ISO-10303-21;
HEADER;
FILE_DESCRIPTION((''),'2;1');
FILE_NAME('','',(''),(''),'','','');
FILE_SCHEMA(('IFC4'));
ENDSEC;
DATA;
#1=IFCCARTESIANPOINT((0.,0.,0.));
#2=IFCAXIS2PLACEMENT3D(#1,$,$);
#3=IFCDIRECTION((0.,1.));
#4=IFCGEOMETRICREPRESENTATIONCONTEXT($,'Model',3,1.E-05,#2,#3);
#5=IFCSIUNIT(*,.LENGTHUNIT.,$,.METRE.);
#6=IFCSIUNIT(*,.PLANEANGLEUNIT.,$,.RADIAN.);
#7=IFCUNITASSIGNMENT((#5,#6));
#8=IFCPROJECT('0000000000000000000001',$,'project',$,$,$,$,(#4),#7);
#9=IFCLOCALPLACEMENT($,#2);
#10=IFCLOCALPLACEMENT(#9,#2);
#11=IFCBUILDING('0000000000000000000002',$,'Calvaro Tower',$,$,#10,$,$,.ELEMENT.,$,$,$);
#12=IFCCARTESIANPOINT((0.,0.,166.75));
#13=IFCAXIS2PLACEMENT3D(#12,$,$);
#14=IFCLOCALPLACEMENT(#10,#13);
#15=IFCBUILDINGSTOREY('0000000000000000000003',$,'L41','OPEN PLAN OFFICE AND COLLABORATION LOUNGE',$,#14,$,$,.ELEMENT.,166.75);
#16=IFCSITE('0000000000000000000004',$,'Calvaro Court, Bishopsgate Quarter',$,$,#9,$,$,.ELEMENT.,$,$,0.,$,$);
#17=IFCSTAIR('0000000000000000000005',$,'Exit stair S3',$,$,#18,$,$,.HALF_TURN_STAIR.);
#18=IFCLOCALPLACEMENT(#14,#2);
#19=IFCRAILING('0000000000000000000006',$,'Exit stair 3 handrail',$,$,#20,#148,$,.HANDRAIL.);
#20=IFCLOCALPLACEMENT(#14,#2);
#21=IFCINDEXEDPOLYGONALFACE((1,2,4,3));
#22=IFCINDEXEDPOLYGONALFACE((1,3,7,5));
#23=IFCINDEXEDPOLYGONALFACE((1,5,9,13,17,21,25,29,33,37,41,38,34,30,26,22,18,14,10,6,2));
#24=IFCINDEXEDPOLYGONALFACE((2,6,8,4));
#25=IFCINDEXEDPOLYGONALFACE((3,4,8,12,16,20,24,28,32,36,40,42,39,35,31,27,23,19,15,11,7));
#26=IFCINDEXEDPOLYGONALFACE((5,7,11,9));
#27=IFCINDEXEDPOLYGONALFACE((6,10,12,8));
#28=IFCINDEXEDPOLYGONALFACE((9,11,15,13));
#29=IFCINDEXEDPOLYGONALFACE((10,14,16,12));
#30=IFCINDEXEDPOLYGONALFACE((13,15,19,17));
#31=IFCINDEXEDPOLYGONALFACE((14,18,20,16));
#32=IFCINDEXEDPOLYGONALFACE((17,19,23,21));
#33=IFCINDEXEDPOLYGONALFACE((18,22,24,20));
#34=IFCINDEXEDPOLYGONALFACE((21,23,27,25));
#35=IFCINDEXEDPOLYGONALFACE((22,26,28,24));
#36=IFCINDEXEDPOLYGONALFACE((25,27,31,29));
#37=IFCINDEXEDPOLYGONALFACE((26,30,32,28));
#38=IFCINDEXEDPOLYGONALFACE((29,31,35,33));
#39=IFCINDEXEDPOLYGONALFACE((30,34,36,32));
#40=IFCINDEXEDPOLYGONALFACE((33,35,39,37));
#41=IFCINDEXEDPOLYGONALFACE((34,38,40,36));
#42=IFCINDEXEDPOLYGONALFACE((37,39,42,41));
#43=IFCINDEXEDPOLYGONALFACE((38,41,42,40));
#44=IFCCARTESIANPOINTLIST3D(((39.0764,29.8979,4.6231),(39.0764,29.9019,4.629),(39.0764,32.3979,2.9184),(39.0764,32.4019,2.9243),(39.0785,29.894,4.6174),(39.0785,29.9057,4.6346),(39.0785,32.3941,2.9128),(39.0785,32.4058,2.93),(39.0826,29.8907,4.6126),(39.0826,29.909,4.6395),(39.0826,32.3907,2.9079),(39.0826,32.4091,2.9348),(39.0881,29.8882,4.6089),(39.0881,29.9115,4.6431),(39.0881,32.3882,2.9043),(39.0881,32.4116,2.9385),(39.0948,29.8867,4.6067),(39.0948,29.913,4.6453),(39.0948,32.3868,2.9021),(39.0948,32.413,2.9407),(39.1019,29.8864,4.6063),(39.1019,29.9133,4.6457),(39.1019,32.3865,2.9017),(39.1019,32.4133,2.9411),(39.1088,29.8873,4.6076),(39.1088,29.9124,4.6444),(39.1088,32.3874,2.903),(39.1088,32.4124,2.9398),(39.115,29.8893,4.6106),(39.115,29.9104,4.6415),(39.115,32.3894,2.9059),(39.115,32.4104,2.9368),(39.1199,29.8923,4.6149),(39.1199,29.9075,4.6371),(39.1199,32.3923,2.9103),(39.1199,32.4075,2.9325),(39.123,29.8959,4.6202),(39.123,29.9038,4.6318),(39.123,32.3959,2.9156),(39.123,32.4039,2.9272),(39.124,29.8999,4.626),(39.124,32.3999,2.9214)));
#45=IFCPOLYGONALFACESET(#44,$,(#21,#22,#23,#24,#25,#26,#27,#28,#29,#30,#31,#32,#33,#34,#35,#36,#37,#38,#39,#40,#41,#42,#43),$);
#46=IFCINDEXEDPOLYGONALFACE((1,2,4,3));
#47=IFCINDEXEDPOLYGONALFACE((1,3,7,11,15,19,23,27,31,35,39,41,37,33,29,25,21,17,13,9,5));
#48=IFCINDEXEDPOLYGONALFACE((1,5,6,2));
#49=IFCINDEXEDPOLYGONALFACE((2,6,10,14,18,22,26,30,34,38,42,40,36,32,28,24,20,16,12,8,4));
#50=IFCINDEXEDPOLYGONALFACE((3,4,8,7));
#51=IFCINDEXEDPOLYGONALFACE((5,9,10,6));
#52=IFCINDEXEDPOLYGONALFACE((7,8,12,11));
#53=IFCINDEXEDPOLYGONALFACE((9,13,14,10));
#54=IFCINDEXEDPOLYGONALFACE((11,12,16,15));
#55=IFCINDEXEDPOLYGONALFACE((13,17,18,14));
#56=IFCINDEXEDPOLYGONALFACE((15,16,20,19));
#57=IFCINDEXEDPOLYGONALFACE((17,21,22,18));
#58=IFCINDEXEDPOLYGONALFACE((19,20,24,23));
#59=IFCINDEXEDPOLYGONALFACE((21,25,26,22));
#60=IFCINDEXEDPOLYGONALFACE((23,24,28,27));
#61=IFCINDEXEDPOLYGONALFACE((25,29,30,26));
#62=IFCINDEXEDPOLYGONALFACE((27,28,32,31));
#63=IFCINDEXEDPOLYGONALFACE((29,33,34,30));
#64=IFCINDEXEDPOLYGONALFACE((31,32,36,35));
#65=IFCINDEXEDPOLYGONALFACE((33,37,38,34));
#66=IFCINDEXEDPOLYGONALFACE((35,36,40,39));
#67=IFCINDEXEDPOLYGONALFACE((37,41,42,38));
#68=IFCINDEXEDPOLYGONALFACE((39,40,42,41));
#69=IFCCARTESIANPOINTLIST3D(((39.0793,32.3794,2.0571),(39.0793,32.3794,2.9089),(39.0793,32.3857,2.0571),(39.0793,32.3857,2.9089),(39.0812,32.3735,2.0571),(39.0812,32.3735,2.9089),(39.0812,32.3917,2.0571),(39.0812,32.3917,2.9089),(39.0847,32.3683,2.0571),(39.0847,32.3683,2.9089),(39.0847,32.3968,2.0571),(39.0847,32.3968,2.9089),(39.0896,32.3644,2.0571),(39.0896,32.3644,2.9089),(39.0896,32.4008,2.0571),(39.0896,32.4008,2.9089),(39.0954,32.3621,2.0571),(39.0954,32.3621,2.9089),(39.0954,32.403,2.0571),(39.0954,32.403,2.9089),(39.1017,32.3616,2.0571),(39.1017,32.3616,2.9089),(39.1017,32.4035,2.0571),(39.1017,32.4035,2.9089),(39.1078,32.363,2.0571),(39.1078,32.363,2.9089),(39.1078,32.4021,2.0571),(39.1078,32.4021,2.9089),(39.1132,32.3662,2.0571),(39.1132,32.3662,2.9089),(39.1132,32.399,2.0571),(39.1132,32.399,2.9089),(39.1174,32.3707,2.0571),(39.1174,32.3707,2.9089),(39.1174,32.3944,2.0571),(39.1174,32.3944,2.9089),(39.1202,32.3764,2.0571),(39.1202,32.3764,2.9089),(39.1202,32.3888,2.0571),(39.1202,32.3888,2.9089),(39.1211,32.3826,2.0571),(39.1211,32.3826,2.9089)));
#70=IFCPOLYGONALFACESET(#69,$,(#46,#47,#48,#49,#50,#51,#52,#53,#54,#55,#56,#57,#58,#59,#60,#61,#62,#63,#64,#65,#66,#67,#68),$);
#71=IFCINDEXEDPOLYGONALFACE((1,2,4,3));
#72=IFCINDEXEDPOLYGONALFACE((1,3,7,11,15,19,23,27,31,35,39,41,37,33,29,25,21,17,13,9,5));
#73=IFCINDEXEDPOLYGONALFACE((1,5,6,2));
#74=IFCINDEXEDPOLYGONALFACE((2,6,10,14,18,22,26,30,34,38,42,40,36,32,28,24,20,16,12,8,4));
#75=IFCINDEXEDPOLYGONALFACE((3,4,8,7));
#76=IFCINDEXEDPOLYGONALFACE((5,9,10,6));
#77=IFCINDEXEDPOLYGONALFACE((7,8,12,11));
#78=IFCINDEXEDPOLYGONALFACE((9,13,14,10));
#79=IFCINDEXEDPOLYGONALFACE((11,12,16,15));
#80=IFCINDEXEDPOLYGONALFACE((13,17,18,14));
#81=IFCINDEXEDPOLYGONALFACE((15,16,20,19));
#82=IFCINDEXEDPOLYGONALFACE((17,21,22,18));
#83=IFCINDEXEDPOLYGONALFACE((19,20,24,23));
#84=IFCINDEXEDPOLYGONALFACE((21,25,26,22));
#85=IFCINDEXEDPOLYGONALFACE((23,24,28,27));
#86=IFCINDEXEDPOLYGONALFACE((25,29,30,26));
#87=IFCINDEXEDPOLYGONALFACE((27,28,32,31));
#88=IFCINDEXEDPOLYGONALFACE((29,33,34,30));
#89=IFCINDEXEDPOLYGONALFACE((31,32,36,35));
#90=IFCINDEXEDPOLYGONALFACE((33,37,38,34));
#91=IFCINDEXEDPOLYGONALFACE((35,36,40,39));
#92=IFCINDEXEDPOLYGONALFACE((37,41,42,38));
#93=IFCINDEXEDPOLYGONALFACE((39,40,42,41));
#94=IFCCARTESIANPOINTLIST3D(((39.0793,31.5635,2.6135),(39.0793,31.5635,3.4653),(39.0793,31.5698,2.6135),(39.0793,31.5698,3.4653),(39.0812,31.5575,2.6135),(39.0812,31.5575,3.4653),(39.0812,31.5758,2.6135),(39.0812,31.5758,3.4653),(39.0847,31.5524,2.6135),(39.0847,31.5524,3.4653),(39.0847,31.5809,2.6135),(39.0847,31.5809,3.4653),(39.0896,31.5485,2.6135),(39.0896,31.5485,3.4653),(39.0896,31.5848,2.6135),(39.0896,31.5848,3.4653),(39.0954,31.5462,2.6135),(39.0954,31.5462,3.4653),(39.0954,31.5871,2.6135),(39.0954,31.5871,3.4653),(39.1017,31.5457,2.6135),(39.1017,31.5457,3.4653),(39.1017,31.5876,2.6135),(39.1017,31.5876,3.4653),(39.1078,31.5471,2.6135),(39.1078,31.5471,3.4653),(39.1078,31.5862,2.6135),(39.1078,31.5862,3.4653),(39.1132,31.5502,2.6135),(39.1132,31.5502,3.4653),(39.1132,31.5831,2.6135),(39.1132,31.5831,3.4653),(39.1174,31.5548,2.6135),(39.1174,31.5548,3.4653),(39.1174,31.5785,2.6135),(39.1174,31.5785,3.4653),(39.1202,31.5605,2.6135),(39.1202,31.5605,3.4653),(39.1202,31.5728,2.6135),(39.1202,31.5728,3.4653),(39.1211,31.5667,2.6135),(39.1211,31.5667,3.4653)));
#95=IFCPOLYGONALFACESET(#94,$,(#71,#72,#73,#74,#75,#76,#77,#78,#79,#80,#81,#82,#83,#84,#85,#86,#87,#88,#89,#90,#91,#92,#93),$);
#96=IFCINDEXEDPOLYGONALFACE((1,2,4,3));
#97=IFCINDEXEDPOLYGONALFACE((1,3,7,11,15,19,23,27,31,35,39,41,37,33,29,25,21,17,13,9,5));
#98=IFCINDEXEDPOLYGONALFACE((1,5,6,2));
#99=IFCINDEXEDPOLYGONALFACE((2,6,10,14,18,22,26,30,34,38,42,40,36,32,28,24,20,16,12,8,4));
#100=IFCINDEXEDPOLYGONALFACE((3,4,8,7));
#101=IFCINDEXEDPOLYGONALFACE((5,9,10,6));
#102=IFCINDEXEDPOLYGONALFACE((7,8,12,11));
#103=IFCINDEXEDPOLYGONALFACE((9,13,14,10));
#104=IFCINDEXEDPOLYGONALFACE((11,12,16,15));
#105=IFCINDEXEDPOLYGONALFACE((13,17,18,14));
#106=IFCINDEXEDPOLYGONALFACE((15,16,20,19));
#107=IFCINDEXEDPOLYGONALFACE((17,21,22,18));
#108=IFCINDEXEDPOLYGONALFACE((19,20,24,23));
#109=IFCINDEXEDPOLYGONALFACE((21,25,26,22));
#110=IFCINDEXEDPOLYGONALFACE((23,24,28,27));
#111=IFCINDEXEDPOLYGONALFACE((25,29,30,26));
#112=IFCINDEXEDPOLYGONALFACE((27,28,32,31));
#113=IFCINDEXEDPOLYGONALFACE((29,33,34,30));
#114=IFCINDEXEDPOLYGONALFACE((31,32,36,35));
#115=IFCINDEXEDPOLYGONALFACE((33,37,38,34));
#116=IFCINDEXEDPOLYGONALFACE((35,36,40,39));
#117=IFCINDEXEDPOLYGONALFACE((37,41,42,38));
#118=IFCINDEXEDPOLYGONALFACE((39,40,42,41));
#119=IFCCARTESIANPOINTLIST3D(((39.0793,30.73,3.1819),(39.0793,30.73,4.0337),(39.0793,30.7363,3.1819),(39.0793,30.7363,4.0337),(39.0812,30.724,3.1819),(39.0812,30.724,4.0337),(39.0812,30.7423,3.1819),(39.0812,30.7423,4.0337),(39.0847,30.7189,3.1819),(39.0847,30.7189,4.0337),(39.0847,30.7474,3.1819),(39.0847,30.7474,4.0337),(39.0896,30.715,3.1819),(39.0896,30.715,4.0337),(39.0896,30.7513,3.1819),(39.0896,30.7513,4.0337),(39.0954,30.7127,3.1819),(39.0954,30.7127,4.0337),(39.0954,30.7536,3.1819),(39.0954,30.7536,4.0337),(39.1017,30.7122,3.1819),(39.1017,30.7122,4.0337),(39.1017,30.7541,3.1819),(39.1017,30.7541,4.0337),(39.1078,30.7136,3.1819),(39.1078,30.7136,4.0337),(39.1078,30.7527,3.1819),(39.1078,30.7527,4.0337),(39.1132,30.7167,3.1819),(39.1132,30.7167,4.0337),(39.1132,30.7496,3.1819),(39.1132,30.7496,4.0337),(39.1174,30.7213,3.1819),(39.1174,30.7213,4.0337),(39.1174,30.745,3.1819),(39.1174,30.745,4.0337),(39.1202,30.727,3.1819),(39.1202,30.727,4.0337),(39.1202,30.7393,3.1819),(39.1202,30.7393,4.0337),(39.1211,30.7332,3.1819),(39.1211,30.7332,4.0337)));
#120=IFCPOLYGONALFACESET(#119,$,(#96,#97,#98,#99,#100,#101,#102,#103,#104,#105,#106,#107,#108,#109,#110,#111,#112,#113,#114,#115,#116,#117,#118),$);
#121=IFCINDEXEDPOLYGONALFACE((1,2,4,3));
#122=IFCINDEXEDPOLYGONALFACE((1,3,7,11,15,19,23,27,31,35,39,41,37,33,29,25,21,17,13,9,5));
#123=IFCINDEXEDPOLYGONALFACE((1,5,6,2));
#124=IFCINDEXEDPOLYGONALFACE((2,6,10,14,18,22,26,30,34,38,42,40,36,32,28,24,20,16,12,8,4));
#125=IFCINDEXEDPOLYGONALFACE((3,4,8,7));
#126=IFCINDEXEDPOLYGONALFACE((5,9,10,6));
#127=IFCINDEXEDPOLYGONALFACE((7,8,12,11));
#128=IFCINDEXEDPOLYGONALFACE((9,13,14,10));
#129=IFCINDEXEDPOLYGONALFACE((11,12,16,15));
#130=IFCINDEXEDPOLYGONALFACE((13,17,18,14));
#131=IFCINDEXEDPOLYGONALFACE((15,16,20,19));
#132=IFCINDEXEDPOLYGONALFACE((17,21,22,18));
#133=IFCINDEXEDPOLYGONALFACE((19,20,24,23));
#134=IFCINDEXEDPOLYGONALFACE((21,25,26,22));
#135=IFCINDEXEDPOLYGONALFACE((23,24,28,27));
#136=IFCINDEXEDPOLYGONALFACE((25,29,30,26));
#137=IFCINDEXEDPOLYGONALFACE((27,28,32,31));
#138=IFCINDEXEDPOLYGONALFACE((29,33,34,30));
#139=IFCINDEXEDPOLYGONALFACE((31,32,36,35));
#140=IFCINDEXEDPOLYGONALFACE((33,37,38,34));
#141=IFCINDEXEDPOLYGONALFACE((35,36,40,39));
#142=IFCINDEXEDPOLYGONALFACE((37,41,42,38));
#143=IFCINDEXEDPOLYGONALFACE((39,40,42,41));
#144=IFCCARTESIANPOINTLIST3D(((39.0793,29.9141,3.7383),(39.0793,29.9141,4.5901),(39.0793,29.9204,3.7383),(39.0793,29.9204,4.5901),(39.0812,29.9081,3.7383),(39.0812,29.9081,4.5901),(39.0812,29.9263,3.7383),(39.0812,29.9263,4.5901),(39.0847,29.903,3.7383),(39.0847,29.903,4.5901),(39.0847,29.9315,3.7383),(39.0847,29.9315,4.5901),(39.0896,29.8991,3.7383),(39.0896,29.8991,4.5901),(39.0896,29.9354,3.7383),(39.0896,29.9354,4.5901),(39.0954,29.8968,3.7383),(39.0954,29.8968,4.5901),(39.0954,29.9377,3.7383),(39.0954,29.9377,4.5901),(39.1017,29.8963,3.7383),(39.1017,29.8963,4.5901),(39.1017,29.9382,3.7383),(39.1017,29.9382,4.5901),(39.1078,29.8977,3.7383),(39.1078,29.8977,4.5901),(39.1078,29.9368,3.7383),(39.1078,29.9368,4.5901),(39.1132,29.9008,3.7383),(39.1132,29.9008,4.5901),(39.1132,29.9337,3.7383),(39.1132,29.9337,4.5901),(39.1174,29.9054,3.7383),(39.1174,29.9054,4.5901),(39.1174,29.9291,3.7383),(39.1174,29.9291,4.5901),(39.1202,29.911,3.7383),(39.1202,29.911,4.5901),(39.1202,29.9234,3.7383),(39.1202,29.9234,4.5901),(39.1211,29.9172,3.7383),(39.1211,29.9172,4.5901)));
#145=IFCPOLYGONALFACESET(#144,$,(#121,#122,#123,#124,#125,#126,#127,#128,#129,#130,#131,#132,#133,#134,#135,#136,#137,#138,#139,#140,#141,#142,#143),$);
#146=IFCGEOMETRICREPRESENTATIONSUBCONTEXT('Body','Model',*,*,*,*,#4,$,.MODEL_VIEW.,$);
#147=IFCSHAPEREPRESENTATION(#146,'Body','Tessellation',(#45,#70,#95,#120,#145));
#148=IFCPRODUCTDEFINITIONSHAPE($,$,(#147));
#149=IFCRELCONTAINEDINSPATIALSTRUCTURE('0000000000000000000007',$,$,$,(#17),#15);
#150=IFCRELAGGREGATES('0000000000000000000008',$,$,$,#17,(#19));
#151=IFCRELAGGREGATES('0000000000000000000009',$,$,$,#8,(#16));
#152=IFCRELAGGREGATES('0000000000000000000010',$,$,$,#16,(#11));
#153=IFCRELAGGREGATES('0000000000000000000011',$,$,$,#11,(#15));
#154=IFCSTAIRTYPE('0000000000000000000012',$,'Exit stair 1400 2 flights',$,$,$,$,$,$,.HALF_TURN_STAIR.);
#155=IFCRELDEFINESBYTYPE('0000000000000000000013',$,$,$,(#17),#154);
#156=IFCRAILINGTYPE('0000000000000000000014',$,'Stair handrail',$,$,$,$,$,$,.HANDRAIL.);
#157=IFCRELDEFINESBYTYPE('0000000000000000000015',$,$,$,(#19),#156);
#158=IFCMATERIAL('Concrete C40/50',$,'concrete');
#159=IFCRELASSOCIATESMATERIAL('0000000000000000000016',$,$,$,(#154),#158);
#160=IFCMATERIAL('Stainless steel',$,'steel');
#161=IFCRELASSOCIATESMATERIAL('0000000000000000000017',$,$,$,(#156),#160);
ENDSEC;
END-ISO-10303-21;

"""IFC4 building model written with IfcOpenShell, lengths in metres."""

from ifc_helpers import new_model, si_unit, direction, frame, origin, origin_2d, place, context, subcontext, project, spatial, circle, extrude, material, type_object, element, aggregate, save


model = new_model("IFC4")

# Units and contexts
model_context = context("Model", 3, precision=1e-05, world=origin(), true_north=direction((0.0, 1.0)))
body_context = subcontext(model_context, "Body", "Model", "MODEL_VIEW")
ifc_project = project(units=[si_unit("LENGTHUNIT", "METRE"), si_unit("PLANEANGLEUNIT", "RADIAN")], contexts=[model_context])

# Site, building, storey
site_placement = place(None, origin())
site = spatial("IfcSite", under=ifc_project, at=site_placement, Name="Calvaro Court, Bishopsgate Quarter", CompositionType="ELEMENT", RefElevation=0.0)
building_placement = place(site_placement, origin())
building = spatial("IfcBuilding", under=site, at=building_placement, Name="Calvaro Tower", CompositionType="ELEMENT")
storey_placement = place(building_placement, frame((0.0, 0.0, 166.75)))
storey = spatial("IfcBuildingStorey", under=building, at=storey_placement, Name="L41", Description="OPEN PLAN OFFICE AND COLLABORATION LOUNGE", CompositionType="ELEMENT", Elevation=166.75)

# Stair
ifc_material_1 = material(Name="Concrete C40/50", Category="concrete")
stair_type = type_object("IfcStairType", Name="Exit stair 1400 2 flights", PredefinedType="HALF_TURN_STAIR", material=ifc_material_1)
stair_1_placement = place(storey_placement, origin())
stair_1 = element("IfcStair", 1, at=stair_1_placement, inside=storey, type_object=stair_type, Name="Exit stair S3", PredefinedType="HALF_TURN_STAIR")

# Railing
ifc_material_2 = material(Name="Stainless steel", Category="steel")
railing_type = type_object("IfcRailingType", Name="Stair handrail", PredefinedType="HANDRAIL", material=ifc_material_2)
railing_1_placement = place(storey_placement, frame((39.1001, 32.3999, 2.0454)))
railing_1 = element("IfcRailing", 2, at=railing_1_placement, type_object=railing_type, Name="Exit stair 3 handrail", PredefinedType="HANDRAIL", context=body_context, shape_type="SweptSolid", body=[
    extrude(circle(Radius=0.0239, at=origin_2d()), frame((0.0, 0.0, 0.876), z_axis=(0.0, -0.826221, 0.563347), x_axis=(1.0, 0.0, 0.0)), (0.0, 0.0, 1.0), 3.0259),
    extrude(circle(Radius=0.021, at=origin_2d()), frame((0.0, -0.0173, 0.0117)), (0.0, 0.0, 1.0), 0.8518),
    extrude(circle(Radius=0.021, at=origin_2d()), frame((0.0, -0.8333, 0.5681)), (0.0, 0.0, 1.0), 0.8518),
    extrude(circle(Radius=0.021, at=origin_2d()), frame((0.0, -1.6667, 1.1365)), (0.0, 0.0, 1.0), 0.8518),
    extrude(circle(Radius=0.021, at=origin_2d()), frame((0.0, -2.4827, 1.6929)), (0.0, 0.0, 1.0), 0.8518),
])
aggregate(stair_1, [railing_1])

save(model, "model.ifc")
